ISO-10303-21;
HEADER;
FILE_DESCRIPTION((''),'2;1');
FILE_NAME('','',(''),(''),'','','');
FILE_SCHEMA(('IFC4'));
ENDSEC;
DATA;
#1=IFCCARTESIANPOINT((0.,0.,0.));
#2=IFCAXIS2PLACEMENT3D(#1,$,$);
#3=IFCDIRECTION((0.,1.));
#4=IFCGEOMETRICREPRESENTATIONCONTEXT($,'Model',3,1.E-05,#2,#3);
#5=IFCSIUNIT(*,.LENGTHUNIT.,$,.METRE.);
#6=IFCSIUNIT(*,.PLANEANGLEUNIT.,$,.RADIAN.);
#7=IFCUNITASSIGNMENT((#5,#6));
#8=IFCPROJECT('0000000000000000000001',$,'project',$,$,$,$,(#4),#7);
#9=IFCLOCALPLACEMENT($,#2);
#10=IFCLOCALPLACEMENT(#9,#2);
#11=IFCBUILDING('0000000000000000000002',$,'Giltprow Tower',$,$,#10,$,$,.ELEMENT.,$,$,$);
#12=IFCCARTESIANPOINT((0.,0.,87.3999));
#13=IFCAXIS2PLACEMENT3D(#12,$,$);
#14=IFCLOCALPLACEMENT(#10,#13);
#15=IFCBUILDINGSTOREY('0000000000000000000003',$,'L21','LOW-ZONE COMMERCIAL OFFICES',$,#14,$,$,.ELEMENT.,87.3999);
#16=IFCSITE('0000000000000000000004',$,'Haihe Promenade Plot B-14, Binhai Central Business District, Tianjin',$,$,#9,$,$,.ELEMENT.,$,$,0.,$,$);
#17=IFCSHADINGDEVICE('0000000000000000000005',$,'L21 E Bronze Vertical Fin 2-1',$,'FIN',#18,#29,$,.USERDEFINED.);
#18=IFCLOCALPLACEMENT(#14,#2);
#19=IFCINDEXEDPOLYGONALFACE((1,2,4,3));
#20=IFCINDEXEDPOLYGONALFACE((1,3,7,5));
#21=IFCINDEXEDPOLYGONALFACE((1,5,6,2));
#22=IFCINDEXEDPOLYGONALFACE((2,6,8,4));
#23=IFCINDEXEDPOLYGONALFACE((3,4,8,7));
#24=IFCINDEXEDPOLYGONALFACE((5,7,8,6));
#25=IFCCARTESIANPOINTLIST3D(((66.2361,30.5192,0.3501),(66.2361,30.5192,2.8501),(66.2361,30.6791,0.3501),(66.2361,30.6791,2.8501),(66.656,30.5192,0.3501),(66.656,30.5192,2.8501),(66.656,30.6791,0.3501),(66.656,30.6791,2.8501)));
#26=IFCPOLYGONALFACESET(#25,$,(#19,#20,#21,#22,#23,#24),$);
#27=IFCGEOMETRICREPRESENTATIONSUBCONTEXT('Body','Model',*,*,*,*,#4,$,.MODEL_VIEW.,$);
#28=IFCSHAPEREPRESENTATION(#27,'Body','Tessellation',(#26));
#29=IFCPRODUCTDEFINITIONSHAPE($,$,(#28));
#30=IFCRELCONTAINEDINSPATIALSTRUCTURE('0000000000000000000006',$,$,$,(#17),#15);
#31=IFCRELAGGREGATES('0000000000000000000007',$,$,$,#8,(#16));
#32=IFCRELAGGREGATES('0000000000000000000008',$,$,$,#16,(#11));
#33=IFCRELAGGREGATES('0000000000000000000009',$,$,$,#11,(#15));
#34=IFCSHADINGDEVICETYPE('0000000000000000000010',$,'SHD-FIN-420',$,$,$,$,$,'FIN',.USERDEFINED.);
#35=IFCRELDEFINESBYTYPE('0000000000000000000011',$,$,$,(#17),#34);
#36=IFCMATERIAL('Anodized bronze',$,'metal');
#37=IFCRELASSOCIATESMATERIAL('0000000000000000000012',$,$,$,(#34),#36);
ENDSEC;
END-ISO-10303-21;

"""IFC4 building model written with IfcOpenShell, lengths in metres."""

from ifc_helpers import new_model, si_unit, direction, frame, origin, origin_2d, place, context, subcontext, project, spatial, rectangle, extrude, source, transform, mapped, material, type_object, element, save


model = new_model("IFC4")

# Units and contexts
model_context = context("Model", 3, precision=1e-05, world=origin(), true_north=direction((0.0, 1.0)))
body_context = subcontext(model_context, "Body", "Model", "MODEL_VIEW")
ifc_project = project(units=[si_unit("LENGTHUNIT", "METRE"), si_unit("PLANEANGLEUNIT", "RADIAN")], contexts=[model_context])

# Site, building, storey
site_placement = place(None, origin())
site = spatial("IfcSite", under=ifc_project, at=site_placement, Name="Haihe Promenade Plot B-14, Binhai Central Business District, Tianjin", CompositionType="ELEMENT", RefElevation=0.0)
building_placement = place(site_placement, origin())
building = spatial("IfcBuilding", under=site, at=building_placement, Name="Giltprow Tower", CompositionType="ELEMENT")
storey_placement = place(building_placement, frame((0.0, 0.0, 87.3999)))
storey = spatial("IfcBuildingStorey", under=building, at=storey_placement, Name="L21", Description="LOW-ZONE COMMERCIAL OFFICES", CompositionType="ELEMENT", Elevation=87.3999)

# Shared definitions
ifc_material_1 = material(Name="Anodized bronze", Category="metal")

# Shading device
shading_device_type = type_object("IfcShadingDeviceType", Name="SHD-FIN-420", ElementType="FIN", PredefinedType="USERDEFINED", material=ifc_material_1)
shared_shape_1 = source(origin(), body_context, "Body", "SweptSolid", [
    extrude(rectangle(XDim=0.4199, YDim=0.1599, at=origin_2d()), origin(), (0.0, 0.0, 1.0), 2.5),
])
shading_device_placement = place(storey_placement, frame((66.446, 30.5991, 0.3501), z_axis=(0.0, 0.0, 1.0), x_axis=(1.0, 0.0, 0.0)))
element("IfcShadingDevice", 1, at=shading_device_placement, inside=storey, type_object=shading_device_type, Name="L21 E Bronze Vertical Fin 2-1", ObjectType="FIN", PredefinedType="USERDEFINED", context=body_context, shape_type="MappedRepresentation", body=[
    mapped(shared_shape_1, transform((0.0, 0.0, 0.0), x_axis=(1.0, 0.0, 0.0), y_axis=(0.0, 1.0, 0.0), z_axis=(0.0, 0.0, 1.0), scale=1.0)),
])

save(model, "model.ifc")
